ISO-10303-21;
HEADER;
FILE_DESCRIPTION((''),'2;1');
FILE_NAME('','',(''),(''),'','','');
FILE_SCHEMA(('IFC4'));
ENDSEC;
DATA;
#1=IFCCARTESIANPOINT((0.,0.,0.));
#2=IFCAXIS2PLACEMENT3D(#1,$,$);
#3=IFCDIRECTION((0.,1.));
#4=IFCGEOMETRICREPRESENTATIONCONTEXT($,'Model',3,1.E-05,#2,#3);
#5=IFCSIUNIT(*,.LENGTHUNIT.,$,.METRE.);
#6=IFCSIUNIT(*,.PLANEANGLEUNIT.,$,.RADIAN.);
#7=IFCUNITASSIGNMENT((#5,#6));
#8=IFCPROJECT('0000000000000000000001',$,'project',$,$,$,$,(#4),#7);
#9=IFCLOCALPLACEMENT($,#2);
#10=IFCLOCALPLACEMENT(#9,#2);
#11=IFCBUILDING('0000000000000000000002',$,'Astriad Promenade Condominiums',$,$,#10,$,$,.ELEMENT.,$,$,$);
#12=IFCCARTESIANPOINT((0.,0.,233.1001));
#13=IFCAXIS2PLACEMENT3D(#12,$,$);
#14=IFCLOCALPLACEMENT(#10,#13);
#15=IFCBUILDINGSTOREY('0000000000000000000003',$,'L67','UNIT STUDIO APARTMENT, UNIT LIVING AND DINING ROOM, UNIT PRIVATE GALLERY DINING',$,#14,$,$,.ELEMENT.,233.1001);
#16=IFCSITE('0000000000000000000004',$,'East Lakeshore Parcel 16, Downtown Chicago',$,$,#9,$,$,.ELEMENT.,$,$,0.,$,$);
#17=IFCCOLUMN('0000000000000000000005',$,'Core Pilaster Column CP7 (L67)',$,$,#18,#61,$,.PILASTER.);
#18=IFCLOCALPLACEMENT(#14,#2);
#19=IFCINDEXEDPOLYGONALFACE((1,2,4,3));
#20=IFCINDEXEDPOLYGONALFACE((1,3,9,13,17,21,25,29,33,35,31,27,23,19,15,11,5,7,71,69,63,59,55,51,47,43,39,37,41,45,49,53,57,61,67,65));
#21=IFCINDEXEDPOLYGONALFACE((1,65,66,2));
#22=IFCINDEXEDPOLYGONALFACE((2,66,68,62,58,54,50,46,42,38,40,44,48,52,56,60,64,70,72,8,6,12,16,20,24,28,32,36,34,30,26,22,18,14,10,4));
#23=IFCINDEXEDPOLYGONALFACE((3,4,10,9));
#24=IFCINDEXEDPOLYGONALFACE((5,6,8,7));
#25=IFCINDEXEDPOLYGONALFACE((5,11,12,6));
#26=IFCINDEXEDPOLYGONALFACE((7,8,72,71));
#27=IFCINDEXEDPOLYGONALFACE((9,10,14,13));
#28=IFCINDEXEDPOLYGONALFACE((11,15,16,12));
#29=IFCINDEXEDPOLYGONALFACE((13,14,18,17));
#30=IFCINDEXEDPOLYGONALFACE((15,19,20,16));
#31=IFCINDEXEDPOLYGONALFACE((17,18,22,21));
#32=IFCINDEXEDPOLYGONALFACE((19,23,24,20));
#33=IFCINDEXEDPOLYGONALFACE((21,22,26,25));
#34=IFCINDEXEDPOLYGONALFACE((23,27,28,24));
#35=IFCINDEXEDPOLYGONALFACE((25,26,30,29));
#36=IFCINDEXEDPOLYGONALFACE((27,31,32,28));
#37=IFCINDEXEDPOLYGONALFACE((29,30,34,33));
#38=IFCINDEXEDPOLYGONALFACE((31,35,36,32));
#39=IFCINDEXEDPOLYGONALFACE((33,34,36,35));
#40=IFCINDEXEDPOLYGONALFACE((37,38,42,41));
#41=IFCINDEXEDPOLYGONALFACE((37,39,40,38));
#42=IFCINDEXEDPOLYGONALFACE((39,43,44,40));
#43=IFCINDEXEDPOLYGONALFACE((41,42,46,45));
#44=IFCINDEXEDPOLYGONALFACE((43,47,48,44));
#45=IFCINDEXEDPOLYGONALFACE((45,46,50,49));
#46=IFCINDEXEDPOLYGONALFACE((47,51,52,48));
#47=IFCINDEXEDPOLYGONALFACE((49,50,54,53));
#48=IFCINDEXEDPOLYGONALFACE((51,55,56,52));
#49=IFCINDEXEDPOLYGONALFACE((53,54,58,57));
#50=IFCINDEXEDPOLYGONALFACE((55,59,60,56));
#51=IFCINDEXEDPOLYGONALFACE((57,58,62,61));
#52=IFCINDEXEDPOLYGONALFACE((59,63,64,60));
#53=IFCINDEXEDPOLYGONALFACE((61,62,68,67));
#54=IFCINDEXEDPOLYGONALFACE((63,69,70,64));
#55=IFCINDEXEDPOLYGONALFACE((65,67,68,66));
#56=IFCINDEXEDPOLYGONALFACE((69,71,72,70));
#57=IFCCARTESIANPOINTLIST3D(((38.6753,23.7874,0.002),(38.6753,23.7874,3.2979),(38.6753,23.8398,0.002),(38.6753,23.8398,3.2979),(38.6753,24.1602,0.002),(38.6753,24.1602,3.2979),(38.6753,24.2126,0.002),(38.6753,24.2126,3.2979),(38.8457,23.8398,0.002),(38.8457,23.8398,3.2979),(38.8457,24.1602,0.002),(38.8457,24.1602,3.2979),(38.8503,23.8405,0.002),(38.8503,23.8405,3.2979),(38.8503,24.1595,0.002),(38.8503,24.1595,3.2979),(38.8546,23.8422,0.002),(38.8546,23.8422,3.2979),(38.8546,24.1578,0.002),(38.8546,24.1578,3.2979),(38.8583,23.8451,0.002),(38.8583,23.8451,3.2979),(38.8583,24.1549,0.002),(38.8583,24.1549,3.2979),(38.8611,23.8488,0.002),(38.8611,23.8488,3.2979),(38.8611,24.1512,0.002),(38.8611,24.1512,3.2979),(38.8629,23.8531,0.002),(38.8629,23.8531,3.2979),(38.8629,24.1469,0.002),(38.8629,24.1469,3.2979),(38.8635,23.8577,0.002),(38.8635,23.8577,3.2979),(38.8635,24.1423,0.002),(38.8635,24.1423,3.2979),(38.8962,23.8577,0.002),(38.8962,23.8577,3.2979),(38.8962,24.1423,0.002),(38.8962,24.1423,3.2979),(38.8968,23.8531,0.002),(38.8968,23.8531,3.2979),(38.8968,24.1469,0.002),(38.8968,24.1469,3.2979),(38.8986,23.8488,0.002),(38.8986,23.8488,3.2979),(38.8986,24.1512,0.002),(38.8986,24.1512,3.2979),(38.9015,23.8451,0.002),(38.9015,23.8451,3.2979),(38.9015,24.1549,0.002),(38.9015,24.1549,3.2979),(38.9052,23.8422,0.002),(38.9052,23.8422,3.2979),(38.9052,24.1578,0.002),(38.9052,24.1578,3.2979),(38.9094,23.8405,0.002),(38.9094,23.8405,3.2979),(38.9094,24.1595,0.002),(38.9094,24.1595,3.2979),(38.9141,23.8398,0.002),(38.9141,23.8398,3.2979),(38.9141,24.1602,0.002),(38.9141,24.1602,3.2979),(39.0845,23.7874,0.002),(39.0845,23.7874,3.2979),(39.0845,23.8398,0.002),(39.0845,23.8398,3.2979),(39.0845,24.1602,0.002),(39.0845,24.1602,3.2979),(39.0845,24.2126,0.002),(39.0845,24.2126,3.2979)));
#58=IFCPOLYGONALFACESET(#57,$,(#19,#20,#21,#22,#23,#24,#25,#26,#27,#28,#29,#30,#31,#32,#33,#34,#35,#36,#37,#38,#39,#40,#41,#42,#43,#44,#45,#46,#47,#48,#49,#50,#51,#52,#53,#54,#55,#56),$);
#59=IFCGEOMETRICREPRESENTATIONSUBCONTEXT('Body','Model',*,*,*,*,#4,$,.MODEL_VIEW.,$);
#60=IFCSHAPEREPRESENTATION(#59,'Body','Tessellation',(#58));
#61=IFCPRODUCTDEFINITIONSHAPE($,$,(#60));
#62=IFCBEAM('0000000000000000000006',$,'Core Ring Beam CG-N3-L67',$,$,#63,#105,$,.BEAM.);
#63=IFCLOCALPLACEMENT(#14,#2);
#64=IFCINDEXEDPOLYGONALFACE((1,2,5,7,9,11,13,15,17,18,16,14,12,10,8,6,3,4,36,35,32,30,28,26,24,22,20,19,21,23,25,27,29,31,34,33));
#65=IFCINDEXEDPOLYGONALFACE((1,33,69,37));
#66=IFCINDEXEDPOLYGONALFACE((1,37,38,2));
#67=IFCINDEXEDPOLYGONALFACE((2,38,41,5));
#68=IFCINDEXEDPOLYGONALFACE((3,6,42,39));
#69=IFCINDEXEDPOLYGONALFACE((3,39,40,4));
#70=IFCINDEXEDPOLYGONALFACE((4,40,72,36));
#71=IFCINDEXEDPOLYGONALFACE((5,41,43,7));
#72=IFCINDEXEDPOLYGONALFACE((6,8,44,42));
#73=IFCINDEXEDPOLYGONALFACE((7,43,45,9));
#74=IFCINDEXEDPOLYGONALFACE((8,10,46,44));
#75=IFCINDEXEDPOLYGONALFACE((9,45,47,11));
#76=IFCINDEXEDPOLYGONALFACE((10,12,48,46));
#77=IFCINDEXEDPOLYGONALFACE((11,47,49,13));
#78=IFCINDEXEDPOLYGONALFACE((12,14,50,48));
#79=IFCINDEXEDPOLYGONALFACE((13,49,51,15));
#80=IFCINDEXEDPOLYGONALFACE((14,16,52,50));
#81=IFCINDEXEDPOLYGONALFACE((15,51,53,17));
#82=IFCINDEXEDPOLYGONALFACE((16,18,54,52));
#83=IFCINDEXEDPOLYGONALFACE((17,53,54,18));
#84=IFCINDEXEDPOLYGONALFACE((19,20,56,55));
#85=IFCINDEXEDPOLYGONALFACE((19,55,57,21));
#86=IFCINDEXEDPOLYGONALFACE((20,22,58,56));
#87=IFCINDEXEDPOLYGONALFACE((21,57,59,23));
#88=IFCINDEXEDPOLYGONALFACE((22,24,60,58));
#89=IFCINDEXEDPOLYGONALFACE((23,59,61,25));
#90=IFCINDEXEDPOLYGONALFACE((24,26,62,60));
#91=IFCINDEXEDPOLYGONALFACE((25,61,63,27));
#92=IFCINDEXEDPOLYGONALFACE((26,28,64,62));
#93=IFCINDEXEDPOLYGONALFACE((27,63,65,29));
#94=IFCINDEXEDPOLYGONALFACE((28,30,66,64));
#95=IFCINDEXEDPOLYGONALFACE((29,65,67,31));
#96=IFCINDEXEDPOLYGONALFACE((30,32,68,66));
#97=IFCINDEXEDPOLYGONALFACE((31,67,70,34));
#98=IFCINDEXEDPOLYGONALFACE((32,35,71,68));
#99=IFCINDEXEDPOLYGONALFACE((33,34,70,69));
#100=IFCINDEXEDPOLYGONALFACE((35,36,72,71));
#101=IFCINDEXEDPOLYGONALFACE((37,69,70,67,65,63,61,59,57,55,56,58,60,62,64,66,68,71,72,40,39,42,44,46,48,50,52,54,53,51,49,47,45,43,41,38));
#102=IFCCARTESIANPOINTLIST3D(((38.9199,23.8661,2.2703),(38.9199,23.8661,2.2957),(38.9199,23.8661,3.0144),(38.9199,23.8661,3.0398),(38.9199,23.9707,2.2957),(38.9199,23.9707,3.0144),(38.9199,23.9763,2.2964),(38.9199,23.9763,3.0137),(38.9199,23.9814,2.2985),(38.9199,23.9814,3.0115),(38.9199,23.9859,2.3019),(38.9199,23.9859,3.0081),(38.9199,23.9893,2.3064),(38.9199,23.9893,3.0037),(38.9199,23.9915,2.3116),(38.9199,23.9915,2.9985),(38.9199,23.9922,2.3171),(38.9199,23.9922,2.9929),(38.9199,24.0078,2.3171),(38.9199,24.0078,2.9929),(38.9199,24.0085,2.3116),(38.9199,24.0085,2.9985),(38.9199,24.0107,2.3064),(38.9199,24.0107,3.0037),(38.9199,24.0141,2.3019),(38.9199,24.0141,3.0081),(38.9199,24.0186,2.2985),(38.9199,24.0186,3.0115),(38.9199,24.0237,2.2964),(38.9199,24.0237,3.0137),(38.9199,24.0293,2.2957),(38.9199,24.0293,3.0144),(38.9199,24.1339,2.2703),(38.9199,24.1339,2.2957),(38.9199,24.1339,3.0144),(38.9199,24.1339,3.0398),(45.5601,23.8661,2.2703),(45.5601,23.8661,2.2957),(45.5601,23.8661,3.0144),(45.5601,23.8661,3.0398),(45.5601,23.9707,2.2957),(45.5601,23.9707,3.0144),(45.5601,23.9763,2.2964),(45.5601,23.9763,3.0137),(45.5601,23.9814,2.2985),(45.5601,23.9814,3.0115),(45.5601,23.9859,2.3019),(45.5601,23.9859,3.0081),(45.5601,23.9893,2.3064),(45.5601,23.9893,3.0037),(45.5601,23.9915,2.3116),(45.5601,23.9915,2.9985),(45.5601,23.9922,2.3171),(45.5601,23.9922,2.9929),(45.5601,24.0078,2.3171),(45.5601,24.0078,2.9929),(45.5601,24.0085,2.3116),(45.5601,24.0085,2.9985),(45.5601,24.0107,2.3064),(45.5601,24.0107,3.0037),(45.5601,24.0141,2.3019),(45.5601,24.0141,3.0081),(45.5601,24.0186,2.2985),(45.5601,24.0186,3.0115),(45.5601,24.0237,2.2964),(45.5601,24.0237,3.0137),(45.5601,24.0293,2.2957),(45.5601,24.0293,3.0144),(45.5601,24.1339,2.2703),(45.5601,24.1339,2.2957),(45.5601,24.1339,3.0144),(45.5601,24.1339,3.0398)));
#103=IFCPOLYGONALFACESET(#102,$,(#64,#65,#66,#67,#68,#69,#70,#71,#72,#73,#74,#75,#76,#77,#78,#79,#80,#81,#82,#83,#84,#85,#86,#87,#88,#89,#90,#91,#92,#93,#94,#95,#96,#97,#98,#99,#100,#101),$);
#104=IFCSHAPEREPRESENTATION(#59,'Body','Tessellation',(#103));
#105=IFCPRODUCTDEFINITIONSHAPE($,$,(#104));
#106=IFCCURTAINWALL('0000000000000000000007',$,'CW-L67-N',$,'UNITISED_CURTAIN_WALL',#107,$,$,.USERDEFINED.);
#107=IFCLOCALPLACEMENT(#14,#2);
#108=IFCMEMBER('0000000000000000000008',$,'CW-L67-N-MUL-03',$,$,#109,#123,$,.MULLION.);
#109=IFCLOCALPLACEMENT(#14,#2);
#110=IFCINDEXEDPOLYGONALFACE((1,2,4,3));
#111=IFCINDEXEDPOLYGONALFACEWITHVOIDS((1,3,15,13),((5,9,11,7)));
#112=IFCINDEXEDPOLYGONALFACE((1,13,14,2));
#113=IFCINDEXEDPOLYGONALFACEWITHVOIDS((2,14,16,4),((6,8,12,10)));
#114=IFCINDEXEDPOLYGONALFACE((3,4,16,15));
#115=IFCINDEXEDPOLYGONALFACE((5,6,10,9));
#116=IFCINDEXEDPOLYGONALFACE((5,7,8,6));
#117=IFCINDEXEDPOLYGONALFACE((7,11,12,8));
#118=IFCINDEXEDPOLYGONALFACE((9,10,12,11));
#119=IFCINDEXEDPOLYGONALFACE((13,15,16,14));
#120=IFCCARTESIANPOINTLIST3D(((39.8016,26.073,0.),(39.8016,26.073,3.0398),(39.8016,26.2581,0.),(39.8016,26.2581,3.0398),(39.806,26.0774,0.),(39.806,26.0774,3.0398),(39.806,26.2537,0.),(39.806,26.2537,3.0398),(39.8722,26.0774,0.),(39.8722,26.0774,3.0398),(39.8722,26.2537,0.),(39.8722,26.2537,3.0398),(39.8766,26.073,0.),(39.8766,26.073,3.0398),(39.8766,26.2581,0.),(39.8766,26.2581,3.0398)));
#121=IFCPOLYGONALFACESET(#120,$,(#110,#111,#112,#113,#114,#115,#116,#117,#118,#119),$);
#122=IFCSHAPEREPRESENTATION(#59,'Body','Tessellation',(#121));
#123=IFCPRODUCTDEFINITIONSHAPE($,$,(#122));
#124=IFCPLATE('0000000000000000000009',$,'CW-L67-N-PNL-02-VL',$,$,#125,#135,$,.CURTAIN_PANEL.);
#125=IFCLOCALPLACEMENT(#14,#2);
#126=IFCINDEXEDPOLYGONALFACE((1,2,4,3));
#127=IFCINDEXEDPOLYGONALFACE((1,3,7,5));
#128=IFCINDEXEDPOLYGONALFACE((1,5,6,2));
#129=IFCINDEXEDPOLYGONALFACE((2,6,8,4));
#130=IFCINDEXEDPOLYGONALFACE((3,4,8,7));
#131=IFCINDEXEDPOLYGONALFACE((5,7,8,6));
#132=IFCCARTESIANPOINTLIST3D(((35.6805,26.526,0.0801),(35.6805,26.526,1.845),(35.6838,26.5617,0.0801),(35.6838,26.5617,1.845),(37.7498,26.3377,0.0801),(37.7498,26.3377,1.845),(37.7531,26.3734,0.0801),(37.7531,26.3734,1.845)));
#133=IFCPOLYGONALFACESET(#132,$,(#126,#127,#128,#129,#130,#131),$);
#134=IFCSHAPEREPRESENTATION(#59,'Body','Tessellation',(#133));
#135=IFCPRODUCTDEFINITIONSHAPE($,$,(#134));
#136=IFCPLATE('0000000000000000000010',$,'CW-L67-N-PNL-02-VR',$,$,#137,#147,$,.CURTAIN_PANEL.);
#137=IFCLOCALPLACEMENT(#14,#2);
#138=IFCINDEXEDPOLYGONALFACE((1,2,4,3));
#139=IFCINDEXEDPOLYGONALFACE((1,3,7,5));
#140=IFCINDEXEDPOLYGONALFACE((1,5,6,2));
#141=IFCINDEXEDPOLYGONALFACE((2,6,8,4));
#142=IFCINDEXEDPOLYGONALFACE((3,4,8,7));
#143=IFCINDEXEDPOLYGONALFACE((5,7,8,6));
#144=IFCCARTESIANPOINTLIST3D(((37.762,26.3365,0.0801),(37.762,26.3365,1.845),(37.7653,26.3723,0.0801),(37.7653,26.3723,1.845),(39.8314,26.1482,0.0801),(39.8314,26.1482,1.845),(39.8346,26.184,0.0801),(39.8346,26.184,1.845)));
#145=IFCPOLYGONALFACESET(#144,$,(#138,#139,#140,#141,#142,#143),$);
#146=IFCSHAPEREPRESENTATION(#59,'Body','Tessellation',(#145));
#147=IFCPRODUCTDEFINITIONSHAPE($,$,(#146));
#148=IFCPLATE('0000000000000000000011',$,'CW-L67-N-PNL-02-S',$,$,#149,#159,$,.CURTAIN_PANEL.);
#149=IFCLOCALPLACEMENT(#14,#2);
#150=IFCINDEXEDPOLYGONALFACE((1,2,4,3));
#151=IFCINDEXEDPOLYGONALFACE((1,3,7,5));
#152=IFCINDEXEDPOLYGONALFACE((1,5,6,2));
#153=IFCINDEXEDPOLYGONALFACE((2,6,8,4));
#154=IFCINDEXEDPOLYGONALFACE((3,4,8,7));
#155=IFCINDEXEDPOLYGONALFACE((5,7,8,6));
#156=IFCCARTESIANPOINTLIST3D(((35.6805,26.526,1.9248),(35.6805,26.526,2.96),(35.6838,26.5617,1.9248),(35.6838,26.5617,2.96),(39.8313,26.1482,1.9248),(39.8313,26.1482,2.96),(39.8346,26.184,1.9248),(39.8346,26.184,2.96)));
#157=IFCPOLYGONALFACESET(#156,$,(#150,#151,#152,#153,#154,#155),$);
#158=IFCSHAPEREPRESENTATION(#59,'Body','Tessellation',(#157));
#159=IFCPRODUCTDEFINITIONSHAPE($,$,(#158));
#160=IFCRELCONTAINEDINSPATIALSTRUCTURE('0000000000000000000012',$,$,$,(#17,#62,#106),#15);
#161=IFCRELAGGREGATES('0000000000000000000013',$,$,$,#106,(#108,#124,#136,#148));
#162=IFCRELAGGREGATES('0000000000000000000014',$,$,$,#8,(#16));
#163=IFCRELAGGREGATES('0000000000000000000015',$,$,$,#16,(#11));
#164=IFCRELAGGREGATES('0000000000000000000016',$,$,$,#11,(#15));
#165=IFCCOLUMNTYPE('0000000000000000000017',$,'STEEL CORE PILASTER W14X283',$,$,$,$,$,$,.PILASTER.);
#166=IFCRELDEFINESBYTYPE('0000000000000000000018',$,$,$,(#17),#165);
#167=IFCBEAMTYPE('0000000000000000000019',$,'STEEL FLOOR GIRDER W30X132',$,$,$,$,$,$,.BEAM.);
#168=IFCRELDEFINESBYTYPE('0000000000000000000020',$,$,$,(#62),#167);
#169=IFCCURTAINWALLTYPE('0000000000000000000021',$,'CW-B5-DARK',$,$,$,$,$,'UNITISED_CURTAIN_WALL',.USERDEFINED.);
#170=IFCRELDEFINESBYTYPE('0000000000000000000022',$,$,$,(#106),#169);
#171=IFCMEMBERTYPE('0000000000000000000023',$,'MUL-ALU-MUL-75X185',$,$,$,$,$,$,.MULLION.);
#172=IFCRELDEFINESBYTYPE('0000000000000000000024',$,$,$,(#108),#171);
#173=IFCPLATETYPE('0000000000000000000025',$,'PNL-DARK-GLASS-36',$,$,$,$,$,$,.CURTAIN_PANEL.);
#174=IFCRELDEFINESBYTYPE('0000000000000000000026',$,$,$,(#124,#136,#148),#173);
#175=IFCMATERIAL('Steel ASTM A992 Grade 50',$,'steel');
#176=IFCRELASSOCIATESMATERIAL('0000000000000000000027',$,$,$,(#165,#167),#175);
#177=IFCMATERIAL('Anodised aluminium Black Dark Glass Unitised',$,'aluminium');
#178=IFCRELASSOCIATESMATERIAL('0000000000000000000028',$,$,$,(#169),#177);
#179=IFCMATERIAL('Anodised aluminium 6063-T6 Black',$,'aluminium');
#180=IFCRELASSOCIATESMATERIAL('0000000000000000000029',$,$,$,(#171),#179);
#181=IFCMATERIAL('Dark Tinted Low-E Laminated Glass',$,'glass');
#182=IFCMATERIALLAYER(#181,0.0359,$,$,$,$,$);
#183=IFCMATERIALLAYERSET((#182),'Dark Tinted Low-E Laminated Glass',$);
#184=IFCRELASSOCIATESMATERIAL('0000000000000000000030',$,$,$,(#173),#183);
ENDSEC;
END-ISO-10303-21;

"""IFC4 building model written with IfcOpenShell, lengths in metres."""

from ifc_helpers import new_model, si_unit, direction, frame, origin, origin_2d, place, context, subcontext, project, spatial, rectangle, hollow_rectangle, i_section, extrude, source, transform, mapped, material, layer, layer_set, material_profile, profile_set, type_object, type_shapes, element, aggregate, save


model = new_model("IFC4")

# Units and contexts
model_context = context("Model", 3, precision=1e-05, world=origin(), true_north=direction((0.0, 1.0)))
body_context = subcontext(model_context, "Body", "Model", "MODEL_VIEW")
ifc_project = project(units=[si_unit("LENGTHUNIT", "METRE"), si_unit("PLANEANGLEUNIT", "RADIAN")], contexts=[model_context])

# Site, building, storey
site_placement = place(None, origin())
site = spatial("IfcSite", under=ifc_project, at=site_placement, Name="East Lakeshore Parcel 16, Downtown Chicago", CompositionType="ELEMENT", RefElevation=0.0)
building_placement = place(site_placement, origin())
building = spatial("IfcBuilding", under=site, at=building_placement, Name="Astriad Promenade Condominiums", CompositionType="ELEMENT")
storey_placement = place(building_placement, frame((0.0, 0.0, 233.1001)))
storey = spatial("IfcBuildingStorey", under=building, at=storey_placement, Name="L67", Description="UNIT STUDIO APARTMENT, UNIT LIVING AND DINING ROOM, UNIT PRIVATE GALLERY DINING", CompositionType="ELEMENT", Elevation=233.1001)

# Column
ifc_material_1 = material(Name="Steel ASTM A992 Grade 50", Category="steel")
ifc_material_profile_1 = material_profile(ifc_material_1, i_section(OverallWidth=0.4092, OverallDepth=0.4253, WebThickness=0.0327, FlangeThickness=0.0525, FilletRadius=0.0178, at=origin_2d()), Name="W14X283")
ifc_profile_set_1 = profile_set([ifc_material_profile_1], Name="Steel ASTM A992 Grade 50")
column_type = type_object("IfcColumnType", Name="STEEL CORE PILASTER W14X283", PredefinedType="PILASTER", material=ifc_profile_set_1)
shared_shape_1 = source(origin(), body_context, "Body", "SweptSolid", [
    extrude(i_section(OverallWidth=0.4092, OverallDepth=0.4253, WebThickness=0.0327, FlangeThickness=0.0525, FilletRadius=0.0178, at=origin_2d()), origin(), (0.0, 0.0, 1.0), 3.2959),
])
type_shapes(column_type, [shared_shape_1])
column_placement = place(storey_placement, frame((38.8799, 24.0, 0.002), z_axis=(0.0, 0.0, 1.0), x_axis=(1.0, 0.0, 0.0)))
element("IfcColumn", 1, at=column_placement, inside=storey, type_object=column_type, Name="Core Pilaster Column CP7 (L67)", PredefinedType="PILASTER", context=body_context, shape_type="MappedRepresentation", body=[
    mapped(shared_shape_1, transform((0.0, 0.0, 0.0), scale=1.0)),
])

# Beam
ifc_material_profile_2 = material_profile(ifc_material_1, i_section(OverallWidth=0.2678, OverallDepth=0.7695, WebThickness=0.0156, FlangeThickness=0.0254, FilletRadius=0.0215, at=origin_2d()), Name="W30X132")
ifc_profile_set_2 = profile_set([ifc_material_profile_2], Name="Steel ASTM A992 Grade 50")
beam_type = type_object("IfcBeamType", Name="STEEL FLOOR GIRDER W30X132", PredefinedType="BEAM", material=ifc_profile_set_2)
shared_shape_2 = source(origin(), body_context, "Body", "SweptSolid", [
    extrude(i_section(OverallWidth=0.2678, OverallDepth=0.7695, WebThickness=0.0156, FlangeThickness=0.0254, FilletRadius=0.0215, at=origin_2d()), origin(), (0.0, 0.0, 1.0), 6.6401),
])
type_shapes(beam_type, [shared_shape_2])
beam_placement = place(storey_placement, frame((38.9199, 24.0, 2.655), z_axis=(1.0, 0.0, 0.0), x_axis=(0.0, 1.0, 0.0)))
element("IfcBeam", 2, at=beam_placement, inside=storey, type_object=beam_type, Name="Core Ring Beam CG-N3-L67", PredefinedType="BEAM", context=body_context, shape_type="MappedRepresentation", body=[
    mapped(shared_shape_2, transform((0.0, 0.0, 0.0), scale=1.0)),
])

# Curtain wall, member, plates
ifc_material_2 = material(Name="Anodised aluminium Black Dark Glass Unitised", Category="aluminium")
curtain_wall_type = type_object("IfcCurtainWallType", Name="CW-B5-DARK", ElementType="UNITISED_CURTAIN_WALL", PredefinedType="USERDEFINED", material=ifc_material_2)
curtain_wall_placement = place(storey_placement, origin())
curtain_wall = element("IfcCurtainWall", 3, at=curtain_wall_placement, inside=storey, type_object=curtain_wall_type, Name="CW-L67-N", ObjectType="UNITISED_CURTAIN_WALL", PredefinedType="USERDEFINED")
ifc_material_3 = material(Name="Anodised aluminium 6063-T6 Black", Category="aluminium")
ifc_material_profile_3 = material_profile(ifc_material_3, hollow_rectangle(XDim=0.075, YDim=0.1851, WallThickness=0.0044, at=origin_2d()), Name="ALU-MUL-75X185")
ifc_profile_set_3 = profile_set([ifc_material_profile_3], Name="Anodised aluminium 6063-T6 Black")
member_type = type_object("IfcMemberType", Name="MUL-ALU-MUL-75X185", PredefinedType="MULLION", material=ifc_profile_set_3)
shared_shape_3 = source(origin(), body_context, "Body", "SweptSolid", [
    extrude(hollow_rectangle(XDim=0.075, YDim=0.1851, WallThickness=0.0044, at=origin_2d()), origin(), (0.0, 0.0, 1.0), 3.0398),
])
type_shapes(member_type, [shared_shape_3])
member_placement = place(storey_placement, frame((39.8391, 26.1655, 0.0), z_axis=(0.0, 0.0, 1.0), x_axis=(1.0, 0.0, 0.0)))
member = element("IfcMember", 4, at=member_placement, type_object=member_type, Name="CW-L67-N-MUL-03", PredefinedType="MULLION", context=body_context, shape_type="MappedRepresentation", body=[
    mapped(shared_shape_3, transform((0.0, 0.0, 0.0), scale=1.0)),
])
ifc_material_4 = material(Name="Dark Tinted Low-E Laminated Glass", Category="glass")
ifc_layer_1 = layer(ifc_material_4, 0.0359)
ifc_layer_set_1 = layer_set([ifc_layer_1], Name="Dark Tinted Low-E Laminated Glass")
plate_type = type_object("IfcPlateType", Name="PNL-DARK-GLASS-36", PredefinedType="CURTAIN_PANEL", material=ifc_layer_set_1)
shared_shape_4 = source(origin(), body_context, "Body", "SweptSolid", [
    extrude(rectangle(XDim=2.0779, YDim=0.0359, at=origin_2d()), origin(), (0.0, 0.0, 1.0), 1.7649),
])
plate_1_placement = place(storey_placement, frame((36.7168, 26.4497, 0.0801), z_axis=(0.0, 0.0, 1.0), x_axis=(0.995884, -0.090633, 0.0)))
plate_1 = element("IfcPlate", 5, at=plate_1_placement, type_object=plate_type, Name="CW-L67-N-PNL-02-VL", PredefinedType="CURTAIN_PANEL", context=body_context, shape_type="MappedRepresentation", body=[
    mapped(shared_shape_4, transform((0.0, 0.0, 0.0), scale=1.0)),
])
plate_2_placement = place(storey_placement, frame((38.7983, 26.2603, 0.0801), z_axis=(0.0, 0.0, 1.0), x_axis=(0.995884, -0.090633, 0.0)))
plate_2 = element("IfcPlate", 6, at=plate_2_placement, type_object=plate_type, Name="CW-L67-N-PNL-02-VR", PredefinedType="CURTAIN_PANEL", context=body_context, shape_type="MappedRepresentation", body=[
    mapped(shared_shape_4, transform((0.0, 0.0, 0.0), scale=1.0)),
])
shared_shape_5 = source(origin(), body_context, "Body", "SweptSolid", [
    extrude(rectangle(XDim=4.168, YDim=0.0359, at=origin_2d()), origin(), (0.0, 0.0, 1.0), 1.0352),
])
type_shapes(plate_type, [shared_shape_4, shared_shape_5])
plate_3_placement = place(storey_placement, frame((37.7576, 26.355, 1.9248), z_axis=(0.0, 0.0, 1.0), x_axis=(0.995884, -0.090633, 0.0)))
plate_3 = element("IfcPlate", 7, at=plate_3_placement, type_object=plate_type, Name="CW-L67-N-PNL-02-S", PredefinedType="CURTAIN_PANEL", context=body_context, shape_type="MappedRepresentation", body=[
    mapped(shared_shape_5, transform((0.0, 0.0, 0.0), scale=1.0)),
])
aggregate(curtain_wall, [member, plate_1, plate_2, plate_3])

save(model, "model.ifc")
